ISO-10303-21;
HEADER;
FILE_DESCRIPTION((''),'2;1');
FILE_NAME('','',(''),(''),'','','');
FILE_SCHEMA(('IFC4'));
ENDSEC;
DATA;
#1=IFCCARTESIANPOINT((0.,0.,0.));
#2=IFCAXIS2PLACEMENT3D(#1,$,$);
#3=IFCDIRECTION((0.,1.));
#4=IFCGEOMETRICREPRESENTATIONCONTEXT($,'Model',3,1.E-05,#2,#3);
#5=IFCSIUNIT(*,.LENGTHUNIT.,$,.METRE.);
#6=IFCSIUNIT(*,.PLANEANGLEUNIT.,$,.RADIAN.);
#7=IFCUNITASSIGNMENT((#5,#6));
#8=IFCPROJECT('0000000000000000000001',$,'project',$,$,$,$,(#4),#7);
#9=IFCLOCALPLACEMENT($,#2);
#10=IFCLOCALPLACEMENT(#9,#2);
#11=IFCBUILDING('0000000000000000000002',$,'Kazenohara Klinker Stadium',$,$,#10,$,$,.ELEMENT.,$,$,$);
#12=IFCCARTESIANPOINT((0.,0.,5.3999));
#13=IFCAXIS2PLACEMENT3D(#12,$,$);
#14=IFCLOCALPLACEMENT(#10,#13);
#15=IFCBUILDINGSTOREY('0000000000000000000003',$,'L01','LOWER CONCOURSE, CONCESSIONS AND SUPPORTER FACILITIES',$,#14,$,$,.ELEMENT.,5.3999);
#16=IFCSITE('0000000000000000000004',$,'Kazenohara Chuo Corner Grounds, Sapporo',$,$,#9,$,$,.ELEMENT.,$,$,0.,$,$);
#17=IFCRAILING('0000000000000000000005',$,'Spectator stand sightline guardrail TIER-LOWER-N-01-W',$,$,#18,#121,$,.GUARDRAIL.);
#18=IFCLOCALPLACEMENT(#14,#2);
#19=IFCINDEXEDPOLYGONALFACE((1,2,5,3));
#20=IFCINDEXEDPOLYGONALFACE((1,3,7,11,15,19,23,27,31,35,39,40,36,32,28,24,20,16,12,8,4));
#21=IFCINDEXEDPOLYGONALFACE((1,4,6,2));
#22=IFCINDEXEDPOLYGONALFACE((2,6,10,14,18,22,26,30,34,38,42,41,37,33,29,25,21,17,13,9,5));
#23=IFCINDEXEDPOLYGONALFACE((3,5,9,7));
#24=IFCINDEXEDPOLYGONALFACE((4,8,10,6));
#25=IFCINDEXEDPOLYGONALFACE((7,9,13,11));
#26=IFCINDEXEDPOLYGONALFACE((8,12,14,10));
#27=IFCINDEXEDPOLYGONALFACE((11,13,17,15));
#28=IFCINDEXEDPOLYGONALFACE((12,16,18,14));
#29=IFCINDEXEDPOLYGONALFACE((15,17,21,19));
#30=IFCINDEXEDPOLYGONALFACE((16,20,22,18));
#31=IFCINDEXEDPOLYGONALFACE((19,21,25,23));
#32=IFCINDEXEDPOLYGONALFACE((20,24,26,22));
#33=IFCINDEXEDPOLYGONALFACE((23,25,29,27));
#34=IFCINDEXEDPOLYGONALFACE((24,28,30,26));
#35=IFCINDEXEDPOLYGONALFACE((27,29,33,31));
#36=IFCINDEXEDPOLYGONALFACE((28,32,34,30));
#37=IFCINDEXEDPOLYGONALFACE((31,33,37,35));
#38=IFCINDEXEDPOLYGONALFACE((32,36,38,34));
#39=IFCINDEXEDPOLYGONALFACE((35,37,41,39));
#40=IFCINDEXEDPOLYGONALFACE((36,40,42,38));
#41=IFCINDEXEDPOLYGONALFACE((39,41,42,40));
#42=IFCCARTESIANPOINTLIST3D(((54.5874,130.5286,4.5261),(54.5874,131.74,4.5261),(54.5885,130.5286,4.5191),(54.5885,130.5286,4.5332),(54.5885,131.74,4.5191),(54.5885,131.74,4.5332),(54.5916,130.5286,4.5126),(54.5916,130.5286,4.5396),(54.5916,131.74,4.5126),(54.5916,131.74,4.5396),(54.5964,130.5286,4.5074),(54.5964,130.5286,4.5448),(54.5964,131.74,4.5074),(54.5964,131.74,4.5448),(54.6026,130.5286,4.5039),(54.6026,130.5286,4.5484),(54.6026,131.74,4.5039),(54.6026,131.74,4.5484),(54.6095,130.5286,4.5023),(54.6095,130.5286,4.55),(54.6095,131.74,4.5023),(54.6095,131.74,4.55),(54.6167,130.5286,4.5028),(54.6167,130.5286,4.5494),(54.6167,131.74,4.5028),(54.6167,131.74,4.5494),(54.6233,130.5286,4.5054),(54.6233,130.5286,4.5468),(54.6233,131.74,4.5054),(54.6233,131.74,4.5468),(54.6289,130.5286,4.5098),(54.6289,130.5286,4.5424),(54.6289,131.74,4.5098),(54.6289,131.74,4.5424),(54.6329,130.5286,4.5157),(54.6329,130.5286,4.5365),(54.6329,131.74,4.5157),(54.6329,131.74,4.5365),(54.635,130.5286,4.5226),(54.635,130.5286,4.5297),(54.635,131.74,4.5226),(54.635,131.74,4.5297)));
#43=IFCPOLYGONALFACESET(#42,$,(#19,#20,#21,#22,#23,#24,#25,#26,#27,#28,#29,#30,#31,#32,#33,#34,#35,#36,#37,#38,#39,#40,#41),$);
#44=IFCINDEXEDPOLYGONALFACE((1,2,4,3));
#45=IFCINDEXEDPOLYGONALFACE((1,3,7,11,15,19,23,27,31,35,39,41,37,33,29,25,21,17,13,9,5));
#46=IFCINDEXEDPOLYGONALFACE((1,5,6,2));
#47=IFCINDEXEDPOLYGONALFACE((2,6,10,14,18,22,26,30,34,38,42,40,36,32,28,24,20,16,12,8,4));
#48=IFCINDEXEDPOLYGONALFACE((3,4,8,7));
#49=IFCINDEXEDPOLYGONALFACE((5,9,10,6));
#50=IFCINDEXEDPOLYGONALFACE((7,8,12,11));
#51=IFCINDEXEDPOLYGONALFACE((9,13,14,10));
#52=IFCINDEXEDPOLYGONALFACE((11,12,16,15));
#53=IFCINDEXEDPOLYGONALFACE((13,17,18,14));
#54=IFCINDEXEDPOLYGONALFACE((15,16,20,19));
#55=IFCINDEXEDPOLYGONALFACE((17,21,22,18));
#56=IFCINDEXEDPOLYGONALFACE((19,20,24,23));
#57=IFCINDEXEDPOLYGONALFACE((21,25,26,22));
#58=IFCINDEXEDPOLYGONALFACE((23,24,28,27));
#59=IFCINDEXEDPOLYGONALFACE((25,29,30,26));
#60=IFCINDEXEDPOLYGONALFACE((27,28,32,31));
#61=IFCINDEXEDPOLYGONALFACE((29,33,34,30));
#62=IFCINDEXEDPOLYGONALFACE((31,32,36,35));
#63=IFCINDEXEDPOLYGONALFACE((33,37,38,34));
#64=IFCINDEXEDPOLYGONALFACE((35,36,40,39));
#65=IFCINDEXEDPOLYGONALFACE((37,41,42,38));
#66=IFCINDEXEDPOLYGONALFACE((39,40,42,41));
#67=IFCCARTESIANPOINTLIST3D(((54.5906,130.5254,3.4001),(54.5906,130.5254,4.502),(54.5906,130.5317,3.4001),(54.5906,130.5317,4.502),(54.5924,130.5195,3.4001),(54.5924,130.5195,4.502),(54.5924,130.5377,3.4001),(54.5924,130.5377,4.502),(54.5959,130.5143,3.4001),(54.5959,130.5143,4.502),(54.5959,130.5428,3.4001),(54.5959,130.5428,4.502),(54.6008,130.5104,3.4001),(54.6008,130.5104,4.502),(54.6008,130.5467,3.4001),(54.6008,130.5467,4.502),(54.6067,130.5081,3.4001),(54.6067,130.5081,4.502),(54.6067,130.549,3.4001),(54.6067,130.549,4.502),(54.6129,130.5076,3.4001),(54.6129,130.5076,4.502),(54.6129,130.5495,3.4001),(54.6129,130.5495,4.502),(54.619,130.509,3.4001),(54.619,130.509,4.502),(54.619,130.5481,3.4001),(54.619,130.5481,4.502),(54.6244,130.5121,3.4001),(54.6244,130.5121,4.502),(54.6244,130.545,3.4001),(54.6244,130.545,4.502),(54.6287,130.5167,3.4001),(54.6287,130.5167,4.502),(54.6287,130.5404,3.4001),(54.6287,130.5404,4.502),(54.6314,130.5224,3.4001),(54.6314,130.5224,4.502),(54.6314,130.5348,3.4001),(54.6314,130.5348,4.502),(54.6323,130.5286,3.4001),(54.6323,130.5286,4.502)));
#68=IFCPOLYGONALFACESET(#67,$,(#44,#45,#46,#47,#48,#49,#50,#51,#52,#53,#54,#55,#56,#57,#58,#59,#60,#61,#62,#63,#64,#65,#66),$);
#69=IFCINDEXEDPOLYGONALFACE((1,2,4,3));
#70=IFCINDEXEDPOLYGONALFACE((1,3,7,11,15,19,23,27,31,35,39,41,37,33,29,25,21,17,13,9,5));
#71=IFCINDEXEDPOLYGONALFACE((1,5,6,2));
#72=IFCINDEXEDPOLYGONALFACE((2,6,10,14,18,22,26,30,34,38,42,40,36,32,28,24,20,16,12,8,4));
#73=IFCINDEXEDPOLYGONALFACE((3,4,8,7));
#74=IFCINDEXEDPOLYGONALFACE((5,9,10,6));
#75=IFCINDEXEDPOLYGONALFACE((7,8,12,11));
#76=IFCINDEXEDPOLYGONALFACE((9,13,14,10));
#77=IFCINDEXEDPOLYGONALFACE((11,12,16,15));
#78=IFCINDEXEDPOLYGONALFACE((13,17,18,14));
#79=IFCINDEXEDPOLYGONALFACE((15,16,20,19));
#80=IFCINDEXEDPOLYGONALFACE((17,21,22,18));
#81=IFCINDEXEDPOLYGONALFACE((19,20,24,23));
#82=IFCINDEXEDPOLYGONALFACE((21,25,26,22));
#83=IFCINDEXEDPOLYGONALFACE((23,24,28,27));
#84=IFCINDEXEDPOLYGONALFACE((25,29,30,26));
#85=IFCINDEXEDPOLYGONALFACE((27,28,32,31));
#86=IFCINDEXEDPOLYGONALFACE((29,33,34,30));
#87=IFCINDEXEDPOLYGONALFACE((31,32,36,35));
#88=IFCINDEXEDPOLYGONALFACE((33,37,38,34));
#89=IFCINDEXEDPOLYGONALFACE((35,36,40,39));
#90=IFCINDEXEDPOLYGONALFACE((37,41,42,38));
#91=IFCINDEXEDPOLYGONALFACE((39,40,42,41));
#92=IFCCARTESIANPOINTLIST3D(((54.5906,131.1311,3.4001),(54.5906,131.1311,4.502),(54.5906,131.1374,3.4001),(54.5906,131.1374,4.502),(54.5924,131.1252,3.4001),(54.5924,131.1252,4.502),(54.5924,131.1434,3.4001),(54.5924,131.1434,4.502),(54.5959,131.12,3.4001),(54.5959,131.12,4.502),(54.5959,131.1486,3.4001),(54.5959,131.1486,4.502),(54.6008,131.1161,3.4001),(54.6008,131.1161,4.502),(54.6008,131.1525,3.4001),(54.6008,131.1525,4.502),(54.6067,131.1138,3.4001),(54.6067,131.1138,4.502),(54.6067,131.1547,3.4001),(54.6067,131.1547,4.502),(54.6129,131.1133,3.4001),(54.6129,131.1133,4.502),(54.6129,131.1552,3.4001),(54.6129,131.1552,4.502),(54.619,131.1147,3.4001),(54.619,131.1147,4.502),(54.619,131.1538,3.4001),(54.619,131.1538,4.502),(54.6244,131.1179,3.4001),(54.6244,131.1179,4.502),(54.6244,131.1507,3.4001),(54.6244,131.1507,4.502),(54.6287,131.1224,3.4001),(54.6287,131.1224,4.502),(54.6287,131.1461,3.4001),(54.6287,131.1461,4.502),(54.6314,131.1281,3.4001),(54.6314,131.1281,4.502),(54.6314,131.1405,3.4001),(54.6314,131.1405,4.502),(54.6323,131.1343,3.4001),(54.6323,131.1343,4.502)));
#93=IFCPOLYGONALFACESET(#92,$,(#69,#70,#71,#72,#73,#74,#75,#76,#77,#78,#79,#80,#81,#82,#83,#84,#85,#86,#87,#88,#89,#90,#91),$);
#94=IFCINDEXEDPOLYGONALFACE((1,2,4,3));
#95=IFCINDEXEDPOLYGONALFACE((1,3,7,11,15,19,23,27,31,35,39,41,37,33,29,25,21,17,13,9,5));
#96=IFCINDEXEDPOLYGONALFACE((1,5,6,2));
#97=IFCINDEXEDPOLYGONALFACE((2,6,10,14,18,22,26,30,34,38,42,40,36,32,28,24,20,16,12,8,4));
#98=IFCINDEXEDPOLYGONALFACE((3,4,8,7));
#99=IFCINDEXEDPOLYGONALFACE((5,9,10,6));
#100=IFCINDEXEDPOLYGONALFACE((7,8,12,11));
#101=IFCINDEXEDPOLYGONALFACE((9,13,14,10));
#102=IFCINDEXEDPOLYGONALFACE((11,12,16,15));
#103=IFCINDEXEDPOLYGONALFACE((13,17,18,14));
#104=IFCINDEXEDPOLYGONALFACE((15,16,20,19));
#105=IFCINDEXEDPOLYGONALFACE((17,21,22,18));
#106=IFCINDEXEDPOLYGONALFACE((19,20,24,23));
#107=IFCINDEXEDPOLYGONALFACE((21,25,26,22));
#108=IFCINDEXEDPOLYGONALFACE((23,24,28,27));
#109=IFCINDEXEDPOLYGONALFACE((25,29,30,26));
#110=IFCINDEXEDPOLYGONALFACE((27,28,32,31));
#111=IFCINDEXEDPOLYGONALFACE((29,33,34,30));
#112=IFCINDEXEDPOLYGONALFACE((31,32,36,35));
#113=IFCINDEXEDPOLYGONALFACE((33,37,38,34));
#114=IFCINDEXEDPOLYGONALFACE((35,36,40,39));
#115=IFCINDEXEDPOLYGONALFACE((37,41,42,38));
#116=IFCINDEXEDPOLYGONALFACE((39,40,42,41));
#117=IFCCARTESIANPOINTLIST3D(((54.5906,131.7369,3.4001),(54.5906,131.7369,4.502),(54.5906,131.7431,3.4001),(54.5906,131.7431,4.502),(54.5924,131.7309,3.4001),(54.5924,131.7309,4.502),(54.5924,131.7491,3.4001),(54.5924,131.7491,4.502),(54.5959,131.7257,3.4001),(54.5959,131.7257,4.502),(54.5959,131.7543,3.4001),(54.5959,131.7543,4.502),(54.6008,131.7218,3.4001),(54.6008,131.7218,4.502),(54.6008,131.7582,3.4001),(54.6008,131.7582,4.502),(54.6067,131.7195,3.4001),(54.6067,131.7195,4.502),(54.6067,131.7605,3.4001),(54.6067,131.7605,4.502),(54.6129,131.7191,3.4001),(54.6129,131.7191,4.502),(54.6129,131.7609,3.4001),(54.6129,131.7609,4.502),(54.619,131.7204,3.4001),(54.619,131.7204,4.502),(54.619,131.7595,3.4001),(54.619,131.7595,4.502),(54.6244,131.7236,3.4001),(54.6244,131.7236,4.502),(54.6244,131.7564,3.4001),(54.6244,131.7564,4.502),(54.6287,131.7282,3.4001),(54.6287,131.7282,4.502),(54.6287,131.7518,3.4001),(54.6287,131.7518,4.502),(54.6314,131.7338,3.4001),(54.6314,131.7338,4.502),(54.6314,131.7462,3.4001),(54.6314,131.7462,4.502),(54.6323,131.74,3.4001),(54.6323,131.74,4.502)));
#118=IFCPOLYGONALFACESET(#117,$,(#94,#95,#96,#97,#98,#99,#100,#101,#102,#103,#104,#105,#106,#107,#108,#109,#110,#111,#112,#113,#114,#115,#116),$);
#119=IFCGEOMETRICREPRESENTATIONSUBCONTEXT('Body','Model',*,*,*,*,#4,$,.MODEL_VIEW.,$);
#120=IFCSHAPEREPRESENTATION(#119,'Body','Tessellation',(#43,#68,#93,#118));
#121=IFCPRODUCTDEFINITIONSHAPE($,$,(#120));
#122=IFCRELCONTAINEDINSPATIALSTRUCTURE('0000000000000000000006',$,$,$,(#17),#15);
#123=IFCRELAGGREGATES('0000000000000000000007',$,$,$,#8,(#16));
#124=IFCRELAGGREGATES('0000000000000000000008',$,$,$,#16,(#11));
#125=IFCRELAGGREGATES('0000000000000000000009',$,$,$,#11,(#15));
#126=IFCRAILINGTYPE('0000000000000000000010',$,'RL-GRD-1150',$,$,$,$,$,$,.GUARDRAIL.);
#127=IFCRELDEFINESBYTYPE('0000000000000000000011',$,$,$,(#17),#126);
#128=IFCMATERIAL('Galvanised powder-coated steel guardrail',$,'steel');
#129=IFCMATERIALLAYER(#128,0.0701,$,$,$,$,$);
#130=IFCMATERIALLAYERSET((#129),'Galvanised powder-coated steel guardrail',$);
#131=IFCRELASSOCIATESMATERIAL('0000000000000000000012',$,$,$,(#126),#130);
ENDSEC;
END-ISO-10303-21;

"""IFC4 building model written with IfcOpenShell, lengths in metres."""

from ifc_helpers import new_model, si_unit, direction, frame, origin, origin_2d, place, context, subcontext, project, spatial, circle, extrude, material, layer, layer_set, type_object, element, save


model = new_model("IFC4")

# Units and contexts
model_context = context("Model", 3, precision=1e-05, world=origin(), true_north=direction((0.0, 1.0)))
body_context = subcontext(model_context, "Body", "Model", "MODEL_VIEW")
ifc_project = project(units=[si_unit("LENGTHUNIT", "METRE"), si_unit("PLANEANGLEUNIT", "RADIAN")], contexts=[model_context])

# Site, building, storey
site_placement = place(None, origin())
site = spatial("IfcSite", under=ifc_project, at=site_placement, Name="Kazenohara Chuo Corner Grounds, Sapporo", CompositionType="ELEMENT", RefElevation=0.0)
building_placement = place(site_placement, origin())
building = spatial("IfcBuilding", under=site, at=building_placement, Name="Kazenohara Klinker Stadium", CompositionType="ELEMENT")
storey_placement = place(building_placement, frame((0.0, 0.0, 5.3999)))
storey = spatial("IfcBuildingStorey", under=building, at=storey_placement, Name="L01", Description="LOWER CONCOURSE, CONCESSIONS AND SUPPORTER FACILITIES", CompositionType="ELEMENT", Elevation=5.3999)

# Railing
ifc_material_1 = material(Name="Galvanised powder-coated steel guardrail", Category="steel")
ifc_layer_1 = layer(ifc_material_1, 0.0701)
ifc_layer_set_1 = layer_set([ifc_layer_1], Name="Galvanised powder-coated steel guardrail")
railing_type = type_object("IfcRailingType", Name="RL-GRD-1150", PredefinedType="GUARDRAIL", material=ifc_layer_set_1)
railing_1_placement = place(storey_placement, frame((54.6113, 130.5286, 3.4001)))
element("IfcRailing", 1, at=railing_1_placement, inside=storey, type_object=railing_type, Name="Spectator stand sightline guardrail TIER-LOWER-N-01-W", PredefinedType="GUARDRAIL", context=body_context, shape_type="SweptSolid", body=[
    extrude(circle(Radius=0.0239, at=origin_2d()), frame((0.0, 0.0, 1.126), z_axis=(0.0, 1.0, 0.0), x_axis=(-1.0, 0.0, 0.0)), (0.0, 0.0, 1.0), 1.2114),
    extrude(circle(Radius=0.021, at=origin_2d()), origin(), (0.0, 0.0, 1.0), 1.1018),
    extrude(circle(Radius=0.021, at=origin_2d()), frame((0.0, 0.6057, 0.0)), (0.0, 0.0, 1.0), 1.1018),
    extrude(circle(Radius=0.021, at=origin_2d()), frame((0.0, 1.2114, 0.0)), (0.0, 0.0, 1.0), 1.1018),
])

save(model, "model.ifc")
